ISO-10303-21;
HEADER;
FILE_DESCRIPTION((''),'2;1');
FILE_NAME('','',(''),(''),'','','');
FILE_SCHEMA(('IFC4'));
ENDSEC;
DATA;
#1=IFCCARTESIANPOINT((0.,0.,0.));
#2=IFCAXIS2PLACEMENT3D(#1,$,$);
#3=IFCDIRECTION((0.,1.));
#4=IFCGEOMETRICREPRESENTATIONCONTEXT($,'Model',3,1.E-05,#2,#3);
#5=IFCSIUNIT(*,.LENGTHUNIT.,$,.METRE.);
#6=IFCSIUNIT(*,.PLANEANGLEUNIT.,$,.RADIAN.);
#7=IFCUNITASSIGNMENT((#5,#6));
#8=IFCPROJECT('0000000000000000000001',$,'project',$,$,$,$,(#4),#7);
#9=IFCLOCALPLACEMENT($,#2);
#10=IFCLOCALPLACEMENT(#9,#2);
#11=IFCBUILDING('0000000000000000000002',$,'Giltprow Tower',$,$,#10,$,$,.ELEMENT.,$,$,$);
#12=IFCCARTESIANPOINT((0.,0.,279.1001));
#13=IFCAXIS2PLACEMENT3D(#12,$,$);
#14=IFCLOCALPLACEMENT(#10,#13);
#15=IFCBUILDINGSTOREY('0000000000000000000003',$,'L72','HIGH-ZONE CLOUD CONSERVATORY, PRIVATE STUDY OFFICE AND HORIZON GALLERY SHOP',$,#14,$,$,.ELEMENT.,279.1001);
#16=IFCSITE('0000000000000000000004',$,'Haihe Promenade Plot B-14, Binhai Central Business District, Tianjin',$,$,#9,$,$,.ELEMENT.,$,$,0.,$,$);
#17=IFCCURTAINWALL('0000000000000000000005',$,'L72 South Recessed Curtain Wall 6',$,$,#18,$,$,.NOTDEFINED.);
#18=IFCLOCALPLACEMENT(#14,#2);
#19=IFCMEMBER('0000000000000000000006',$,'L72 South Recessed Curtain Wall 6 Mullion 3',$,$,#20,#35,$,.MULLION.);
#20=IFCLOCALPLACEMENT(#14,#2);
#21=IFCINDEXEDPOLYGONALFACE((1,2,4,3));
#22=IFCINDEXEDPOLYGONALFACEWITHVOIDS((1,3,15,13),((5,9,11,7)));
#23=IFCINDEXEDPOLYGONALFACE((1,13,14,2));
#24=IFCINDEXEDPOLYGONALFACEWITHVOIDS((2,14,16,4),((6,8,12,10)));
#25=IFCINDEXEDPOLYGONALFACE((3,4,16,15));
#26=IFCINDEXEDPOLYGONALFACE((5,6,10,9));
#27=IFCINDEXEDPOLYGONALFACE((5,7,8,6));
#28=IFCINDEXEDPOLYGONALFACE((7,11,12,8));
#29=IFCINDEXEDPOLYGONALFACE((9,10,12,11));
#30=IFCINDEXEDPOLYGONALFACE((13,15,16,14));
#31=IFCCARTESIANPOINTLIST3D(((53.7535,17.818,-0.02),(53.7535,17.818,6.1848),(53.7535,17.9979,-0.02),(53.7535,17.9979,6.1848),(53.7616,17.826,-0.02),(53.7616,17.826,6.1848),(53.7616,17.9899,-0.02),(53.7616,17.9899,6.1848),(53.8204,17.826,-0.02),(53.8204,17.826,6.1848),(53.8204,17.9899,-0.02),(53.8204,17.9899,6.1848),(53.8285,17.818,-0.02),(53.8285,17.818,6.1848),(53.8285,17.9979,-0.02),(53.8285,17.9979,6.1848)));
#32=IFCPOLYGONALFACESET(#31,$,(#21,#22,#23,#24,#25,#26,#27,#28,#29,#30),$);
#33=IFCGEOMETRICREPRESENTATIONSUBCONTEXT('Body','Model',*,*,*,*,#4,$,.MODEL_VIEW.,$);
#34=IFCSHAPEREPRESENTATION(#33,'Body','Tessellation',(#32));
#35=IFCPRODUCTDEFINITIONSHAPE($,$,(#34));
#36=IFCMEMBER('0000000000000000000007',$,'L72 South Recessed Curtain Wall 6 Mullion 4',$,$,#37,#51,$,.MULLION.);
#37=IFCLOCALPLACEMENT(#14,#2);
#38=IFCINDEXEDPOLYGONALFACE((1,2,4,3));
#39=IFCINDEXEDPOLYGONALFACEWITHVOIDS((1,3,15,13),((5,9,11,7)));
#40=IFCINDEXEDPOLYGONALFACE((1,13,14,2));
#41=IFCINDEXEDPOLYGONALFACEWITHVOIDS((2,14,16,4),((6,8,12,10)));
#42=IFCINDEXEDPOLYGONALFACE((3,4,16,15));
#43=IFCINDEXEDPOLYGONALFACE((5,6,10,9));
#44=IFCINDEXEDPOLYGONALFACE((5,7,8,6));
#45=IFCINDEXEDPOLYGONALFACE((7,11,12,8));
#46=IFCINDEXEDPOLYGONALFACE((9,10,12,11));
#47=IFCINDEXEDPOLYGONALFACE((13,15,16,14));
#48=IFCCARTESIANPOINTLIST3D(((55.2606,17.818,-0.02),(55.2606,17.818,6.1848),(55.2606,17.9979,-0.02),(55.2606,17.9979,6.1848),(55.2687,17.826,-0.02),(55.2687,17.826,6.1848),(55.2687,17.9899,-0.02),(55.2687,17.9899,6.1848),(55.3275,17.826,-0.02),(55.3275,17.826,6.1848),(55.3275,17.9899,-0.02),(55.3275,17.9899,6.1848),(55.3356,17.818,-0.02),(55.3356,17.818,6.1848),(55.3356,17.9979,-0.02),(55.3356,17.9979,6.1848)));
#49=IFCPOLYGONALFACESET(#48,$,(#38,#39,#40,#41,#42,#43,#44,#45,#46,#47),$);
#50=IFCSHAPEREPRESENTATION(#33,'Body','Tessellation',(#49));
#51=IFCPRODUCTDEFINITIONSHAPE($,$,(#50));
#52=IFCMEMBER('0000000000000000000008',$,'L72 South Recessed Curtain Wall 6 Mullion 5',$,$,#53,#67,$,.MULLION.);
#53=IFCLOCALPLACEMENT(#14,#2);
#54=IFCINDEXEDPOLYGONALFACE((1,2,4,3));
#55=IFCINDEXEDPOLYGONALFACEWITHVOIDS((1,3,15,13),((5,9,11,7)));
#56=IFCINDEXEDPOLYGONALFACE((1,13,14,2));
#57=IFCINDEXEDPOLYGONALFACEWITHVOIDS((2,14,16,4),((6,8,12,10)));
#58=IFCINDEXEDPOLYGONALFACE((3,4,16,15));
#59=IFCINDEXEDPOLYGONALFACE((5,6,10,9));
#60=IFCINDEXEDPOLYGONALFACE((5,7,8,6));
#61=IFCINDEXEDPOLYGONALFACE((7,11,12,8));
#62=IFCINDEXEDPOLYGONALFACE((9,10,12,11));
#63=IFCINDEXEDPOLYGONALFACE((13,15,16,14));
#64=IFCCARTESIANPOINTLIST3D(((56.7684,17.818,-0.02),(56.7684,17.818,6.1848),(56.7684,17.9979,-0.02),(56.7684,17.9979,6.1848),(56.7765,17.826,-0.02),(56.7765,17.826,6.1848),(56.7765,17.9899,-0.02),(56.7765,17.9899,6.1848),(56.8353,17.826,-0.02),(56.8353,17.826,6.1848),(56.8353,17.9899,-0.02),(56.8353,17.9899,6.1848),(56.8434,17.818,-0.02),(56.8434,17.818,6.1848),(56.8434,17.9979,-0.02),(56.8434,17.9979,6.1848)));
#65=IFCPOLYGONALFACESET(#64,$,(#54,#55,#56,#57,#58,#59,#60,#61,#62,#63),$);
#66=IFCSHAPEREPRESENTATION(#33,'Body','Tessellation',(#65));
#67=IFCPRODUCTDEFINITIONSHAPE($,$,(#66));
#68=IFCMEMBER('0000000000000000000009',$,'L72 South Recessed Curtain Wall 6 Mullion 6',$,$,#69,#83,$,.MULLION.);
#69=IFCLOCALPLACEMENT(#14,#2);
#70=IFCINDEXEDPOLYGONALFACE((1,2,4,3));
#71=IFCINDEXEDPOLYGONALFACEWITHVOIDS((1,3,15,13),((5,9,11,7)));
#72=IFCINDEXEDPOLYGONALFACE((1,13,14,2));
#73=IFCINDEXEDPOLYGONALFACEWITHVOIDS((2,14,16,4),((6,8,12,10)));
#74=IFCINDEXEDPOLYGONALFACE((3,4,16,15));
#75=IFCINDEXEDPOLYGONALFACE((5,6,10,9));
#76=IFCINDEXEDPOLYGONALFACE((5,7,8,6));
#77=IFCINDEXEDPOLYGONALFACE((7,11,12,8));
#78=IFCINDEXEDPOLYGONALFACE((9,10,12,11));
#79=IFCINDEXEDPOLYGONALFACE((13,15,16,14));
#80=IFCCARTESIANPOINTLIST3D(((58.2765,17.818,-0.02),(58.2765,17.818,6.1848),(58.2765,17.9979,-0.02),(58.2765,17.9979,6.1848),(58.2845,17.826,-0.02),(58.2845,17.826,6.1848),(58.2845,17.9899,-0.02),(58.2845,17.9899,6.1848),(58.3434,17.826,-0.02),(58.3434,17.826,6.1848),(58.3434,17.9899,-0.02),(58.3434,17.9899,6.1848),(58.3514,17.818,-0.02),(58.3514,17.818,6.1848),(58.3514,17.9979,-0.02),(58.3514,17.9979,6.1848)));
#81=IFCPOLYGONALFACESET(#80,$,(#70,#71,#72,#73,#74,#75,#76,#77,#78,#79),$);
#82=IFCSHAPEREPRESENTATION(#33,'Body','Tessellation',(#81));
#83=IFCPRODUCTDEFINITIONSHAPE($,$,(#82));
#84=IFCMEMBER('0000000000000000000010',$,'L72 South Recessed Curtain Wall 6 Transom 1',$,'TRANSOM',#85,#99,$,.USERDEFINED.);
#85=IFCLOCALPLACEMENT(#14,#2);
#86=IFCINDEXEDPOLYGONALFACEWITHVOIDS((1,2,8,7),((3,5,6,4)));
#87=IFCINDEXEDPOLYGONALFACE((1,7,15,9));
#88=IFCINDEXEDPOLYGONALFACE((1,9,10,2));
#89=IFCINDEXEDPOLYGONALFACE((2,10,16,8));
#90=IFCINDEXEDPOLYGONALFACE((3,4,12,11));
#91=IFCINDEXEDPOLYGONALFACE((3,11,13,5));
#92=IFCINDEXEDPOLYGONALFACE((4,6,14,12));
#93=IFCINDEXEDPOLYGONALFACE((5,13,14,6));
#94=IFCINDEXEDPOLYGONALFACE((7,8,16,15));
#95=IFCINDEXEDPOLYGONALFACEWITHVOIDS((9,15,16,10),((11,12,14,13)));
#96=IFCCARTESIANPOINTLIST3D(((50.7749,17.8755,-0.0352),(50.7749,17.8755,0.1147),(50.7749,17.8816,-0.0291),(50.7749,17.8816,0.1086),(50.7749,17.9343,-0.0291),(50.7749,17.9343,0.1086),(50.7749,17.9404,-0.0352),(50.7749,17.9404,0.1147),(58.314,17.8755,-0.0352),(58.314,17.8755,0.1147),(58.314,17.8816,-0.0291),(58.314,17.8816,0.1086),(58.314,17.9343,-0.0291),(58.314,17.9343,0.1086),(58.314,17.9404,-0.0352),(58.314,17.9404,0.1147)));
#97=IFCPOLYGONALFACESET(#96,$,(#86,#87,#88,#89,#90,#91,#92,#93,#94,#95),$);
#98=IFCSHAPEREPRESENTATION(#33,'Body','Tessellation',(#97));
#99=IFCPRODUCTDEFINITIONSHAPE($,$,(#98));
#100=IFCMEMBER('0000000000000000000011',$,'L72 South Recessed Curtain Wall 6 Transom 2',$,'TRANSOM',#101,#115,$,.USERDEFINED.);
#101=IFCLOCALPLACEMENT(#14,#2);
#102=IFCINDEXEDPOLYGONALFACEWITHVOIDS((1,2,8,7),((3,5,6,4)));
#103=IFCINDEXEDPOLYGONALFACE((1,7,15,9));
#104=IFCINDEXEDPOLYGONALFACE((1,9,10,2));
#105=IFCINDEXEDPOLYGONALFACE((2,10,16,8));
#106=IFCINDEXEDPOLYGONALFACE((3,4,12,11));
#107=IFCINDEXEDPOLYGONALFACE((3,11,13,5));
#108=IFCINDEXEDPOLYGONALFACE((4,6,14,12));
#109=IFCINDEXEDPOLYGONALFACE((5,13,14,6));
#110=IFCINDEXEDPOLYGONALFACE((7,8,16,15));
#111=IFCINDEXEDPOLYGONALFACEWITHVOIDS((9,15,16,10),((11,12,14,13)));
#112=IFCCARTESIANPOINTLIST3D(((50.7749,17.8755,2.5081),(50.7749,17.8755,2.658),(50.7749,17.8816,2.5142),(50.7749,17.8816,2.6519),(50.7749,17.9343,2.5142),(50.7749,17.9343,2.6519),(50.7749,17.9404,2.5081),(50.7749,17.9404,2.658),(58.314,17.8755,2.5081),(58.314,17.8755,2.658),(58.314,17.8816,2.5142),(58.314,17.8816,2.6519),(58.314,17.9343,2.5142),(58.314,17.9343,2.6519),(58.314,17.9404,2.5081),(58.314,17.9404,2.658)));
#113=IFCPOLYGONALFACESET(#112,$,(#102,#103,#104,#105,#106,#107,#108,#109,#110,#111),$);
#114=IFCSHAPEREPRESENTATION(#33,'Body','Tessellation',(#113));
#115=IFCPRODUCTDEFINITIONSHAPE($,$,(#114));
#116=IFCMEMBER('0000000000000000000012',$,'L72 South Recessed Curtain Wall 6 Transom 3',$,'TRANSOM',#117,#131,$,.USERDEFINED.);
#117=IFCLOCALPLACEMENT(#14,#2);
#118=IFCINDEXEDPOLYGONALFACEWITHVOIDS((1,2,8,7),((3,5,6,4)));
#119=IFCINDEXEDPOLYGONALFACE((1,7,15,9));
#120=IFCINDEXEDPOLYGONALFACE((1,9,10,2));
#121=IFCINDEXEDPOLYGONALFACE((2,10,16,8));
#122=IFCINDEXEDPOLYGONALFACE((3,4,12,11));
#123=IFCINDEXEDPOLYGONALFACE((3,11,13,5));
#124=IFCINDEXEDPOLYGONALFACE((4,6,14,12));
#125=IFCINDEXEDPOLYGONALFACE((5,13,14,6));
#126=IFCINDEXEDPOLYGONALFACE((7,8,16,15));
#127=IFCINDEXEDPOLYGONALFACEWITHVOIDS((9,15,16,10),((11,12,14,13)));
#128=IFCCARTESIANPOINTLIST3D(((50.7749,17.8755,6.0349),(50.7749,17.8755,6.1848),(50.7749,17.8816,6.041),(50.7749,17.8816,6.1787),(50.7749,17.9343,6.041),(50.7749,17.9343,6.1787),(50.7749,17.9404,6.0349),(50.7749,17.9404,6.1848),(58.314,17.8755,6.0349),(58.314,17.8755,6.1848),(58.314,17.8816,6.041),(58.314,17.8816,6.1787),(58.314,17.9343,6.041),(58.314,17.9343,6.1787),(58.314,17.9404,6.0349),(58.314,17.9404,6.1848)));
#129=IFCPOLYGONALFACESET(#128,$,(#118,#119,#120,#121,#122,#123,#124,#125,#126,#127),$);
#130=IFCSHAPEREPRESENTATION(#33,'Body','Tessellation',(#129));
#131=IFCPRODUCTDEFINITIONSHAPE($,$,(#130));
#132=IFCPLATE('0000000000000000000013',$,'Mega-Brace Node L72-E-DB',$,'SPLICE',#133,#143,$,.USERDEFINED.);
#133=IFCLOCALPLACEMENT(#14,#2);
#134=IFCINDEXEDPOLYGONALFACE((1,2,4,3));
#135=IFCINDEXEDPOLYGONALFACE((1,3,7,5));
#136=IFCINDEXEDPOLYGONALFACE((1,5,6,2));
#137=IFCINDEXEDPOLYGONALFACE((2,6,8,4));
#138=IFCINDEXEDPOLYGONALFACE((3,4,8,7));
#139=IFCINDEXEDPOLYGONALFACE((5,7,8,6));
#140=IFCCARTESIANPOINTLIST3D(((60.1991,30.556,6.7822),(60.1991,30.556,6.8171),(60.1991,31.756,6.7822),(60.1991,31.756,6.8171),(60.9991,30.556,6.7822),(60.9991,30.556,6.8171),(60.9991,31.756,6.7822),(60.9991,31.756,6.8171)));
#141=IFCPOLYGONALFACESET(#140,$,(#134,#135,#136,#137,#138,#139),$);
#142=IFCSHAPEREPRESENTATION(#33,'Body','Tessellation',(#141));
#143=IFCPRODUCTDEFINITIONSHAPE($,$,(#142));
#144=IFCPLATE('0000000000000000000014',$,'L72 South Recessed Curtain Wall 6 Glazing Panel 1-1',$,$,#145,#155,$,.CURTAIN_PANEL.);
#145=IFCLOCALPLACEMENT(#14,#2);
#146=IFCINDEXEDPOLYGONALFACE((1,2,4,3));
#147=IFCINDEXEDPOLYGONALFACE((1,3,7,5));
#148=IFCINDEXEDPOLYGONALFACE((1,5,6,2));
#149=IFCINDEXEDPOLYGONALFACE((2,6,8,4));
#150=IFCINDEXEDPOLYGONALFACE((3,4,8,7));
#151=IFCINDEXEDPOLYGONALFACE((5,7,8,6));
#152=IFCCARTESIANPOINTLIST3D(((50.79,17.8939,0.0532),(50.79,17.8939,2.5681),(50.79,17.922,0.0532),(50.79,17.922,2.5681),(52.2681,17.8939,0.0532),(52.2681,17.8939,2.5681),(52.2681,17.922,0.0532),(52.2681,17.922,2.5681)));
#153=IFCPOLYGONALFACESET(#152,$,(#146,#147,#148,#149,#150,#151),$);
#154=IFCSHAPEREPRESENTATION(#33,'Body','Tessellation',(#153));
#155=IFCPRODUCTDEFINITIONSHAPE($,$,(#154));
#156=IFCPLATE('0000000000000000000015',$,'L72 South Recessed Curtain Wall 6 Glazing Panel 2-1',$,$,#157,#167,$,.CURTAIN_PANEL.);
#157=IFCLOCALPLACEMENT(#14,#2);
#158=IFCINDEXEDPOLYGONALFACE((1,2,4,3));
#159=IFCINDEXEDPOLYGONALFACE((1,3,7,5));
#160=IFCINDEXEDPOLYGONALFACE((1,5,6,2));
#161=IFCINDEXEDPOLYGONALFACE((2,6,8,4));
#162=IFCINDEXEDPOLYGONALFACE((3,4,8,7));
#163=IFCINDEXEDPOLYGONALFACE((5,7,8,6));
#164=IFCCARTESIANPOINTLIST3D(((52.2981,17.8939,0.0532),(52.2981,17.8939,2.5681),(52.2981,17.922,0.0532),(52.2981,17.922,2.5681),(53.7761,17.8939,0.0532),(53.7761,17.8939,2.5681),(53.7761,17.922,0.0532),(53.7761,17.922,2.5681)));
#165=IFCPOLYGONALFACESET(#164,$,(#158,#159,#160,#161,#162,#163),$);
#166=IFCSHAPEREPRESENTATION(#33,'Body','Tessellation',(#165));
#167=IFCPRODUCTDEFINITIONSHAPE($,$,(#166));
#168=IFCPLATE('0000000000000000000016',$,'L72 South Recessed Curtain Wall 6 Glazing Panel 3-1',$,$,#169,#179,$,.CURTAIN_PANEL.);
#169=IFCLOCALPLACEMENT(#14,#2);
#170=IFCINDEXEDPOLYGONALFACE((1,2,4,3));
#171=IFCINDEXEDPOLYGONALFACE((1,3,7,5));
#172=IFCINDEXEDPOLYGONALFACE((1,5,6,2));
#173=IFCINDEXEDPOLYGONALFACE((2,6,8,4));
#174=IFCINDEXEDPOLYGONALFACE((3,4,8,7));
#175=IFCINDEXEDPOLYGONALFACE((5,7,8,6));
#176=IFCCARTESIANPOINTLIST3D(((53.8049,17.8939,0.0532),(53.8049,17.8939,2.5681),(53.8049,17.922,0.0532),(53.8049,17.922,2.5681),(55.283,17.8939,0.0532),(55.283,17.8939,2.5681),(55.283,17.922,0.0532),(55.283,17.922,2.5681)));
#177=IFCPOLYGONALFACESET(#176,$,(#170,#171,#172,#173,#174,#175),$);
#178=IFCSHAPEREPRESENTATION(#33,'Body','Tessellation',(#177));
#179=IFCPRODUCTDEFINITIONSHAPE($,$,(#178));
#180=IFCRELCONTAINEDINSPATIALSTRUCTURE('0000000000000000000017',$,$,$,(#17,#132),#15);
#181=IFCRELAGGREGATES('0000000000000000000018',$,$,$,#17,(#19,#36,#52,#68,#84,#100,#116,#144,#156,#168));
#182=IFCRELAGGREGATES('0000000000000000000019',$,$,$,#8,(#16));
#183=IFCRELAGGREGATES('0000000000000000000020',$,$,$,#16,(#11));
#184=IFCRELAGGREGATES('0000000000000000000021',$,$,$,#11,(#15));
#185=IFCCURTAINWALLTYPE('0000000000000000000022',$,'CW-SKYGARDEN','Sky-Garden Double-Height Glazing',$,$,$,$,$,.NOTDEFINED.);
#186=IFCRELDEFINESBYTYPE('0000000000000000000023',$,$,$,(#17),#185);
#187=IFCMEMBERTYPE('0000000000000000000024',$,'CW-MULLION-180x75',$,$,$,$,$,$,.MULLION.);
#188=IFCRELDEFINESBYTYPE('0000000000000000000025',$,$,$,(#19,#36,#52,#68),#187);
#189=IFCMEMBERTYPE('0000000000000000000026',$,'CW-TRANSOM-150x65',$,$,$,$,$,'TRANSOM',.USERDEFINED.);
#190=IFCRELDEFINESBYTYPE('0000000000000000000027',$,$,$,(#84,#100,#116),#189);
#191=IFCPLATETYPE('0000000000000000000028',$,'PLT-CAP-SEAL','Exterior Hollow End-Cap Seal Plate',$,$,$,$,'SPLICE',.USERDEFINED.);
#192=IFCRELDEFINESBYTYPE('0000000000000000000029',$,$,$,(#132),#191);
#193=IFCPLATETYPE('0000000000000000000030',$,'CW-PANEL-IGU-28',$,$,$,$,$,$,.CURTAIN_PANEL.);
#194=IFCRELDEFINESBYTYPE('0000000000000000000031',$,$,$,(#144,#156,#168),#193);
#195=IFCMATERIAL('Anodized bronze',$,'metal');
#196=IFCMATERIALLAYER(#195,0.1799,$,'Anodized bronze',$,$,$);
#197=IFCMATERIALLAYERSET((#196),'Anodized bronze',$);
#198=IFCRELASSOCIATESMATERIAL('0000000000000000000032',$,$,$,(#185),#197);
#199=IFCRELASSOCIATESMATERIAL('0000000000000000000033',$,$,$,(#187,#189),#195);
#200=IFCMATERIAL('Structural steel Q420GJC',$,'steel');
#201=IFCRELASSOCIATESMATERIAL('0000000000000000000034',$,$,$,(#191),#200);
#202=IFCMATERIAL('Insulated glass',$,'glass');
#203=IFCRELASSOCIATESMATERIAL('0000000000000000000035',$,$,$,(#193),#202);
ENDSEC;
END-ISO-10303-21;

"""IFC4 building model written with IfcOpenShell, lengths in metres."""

from ifc_helpers import new_model, si_unit, direction, frame, origin, origin_2d, place, context, subcontext, project, spatial, rectangle, hollow_rectangle, extrude, source, transform, mapped, material, layer, layer_set, material_profile, profile_set, type_object, element, aggregate, save


model = new_model("IFC4")

# Units and contexts
model_context = context("Model", 3, precision=1e-05, world=origin(), true_north=direction((0.0, 1.0)))
body_context = subcontext(model_context, "Body", "Model", "MODEL_VIEW")
ifc_project = project(units=[si_unit("LENGTHUNIT", "METRE"), si_unit("PLANEANGLEUNIT", "RADIAN")], contexts=[model_context])

# Site, building, storey
site_placement = place(None, origin())
site = spatial("IfcSite", under=ifc_project, at=site_placement, Name="Haihe Promenade Plot B-14, Binhai Central Business District, Tianjin", CompositionType="ELEMENT", RefElevation=0.0)
building_placement = place(site_placement, origin())
building = spatial("IfcBuilding", under=site, at=building_placement, Name="Giltprow Tower", CompositionType="ELEMENT")
storey_placement = place(building_placement, frame((0.0, 0.0, 279.1001)))
storey = spatial("IfcBuildingStorey", under=building, at=storey_placement, Name="L72", Description="HIGH-ZONE CLOUD CONSERVATORY, PRIVATE STUDY OFFICE AND HORIZON GALLERY SHOP", CompositionType="ELEMENT", Elevation=279.1001)

# Shared definitions
ifc_material_1 = material(Name="Structural steel Q420GJC", Category="steel")

# Curtain wall, members
ifc_material_2 = material(Name="Anodized bronze", Category="metal")
ifc_layer_1 = layer(ifc_material_2, 0.1799, Name="Anodized bronze")
ifc_layer_set_1 = layer_set([ifc_layer_1], Name="Anodized bronze")
curtain_wall_type = type_object("IfcCurtainWallType", Name="CW-SKYGARDEN", Description="Sky-Garden Double-Height Glazing", PredefinedType="NOTDEFINED", material=ifc_layer_set_1)
curtain_wall_placement = place(storey_placement, origin())
curtain_wall = element("IfcCurtainWall", 1, at=curtain_wall_placement, inside=storey, type_object=curtain_wall_type, Name="L72 South Recessed Curtain Wall 6", PredefinedType="NOTDEFINED")
ifc_material_profile_1 = material_profile(ifc_material_2, hollow_rectangle(XDim=0.075, YDim=0.1799, WallThickness=0.0081, at=origin_2d()), Name="RHS 180x75x8")
ifc_profile_set_1 = profile_set([ifc_material_profile_1], Name="Anodized bronze")
member_type_1 = type_object("IfcMemberType", Name="CW-MULLION-180x75", PredefinedType="MULLION", material=ifc_profile_set_1)
shared_shape_1 = source(origin(), body_context, "Body", "SweptSolid", [
    extrude(hollow_rectangle(XDim=0.075, YDim=0.1799, WallThickness=0.0081, at=origin_2d()), origin(), (0.0, 0.0, 1.0), 6.2048),
])
member_1_placement = place(storey_placement, frame((53.791, 17.908, -0.02), z_axis=(0.0, 0.0, 1.0), x_axis=(1.0, 0.0, 0.0)))
member_1 = element("IfcMember", 2, at=member_1_placement, type_object=member_type_1, Name="L72 South Recessed Curtain Wall 6 Mullion 3", PredefinedType="MULLION", context=body_context, shape_type="MappedRepresentation", body=[
    mapped(shared_shape_1, transform((0.0, 0.0, 0.0), x_axis=(1.0, 0.0, 0.0), y_axis=(0.0, 1.0, 0.0), z_axis=(0.0, 0.0, 1.0), scale=1.0)),
])
member_2_placement = place(storey_placement, frame((55.2981, 17.908, -0.02), z_axis=(0.0, 0.0, 1.0), x_axis=(1.0, 0.0, 0.0)))
member_2 = element("IfcMember", 3, at=member_2_placement, type_object=member_type_1, Name="L72 South Recessed Curtain Wall 6 Mullion 4", PredefinedType="MULLION", context=body_context, shape_type="MappedRepresentation", body=[
    mapped(shared_shape_1, transform((0.0, 0.0, 0.0), x_axis=(1.0, 0.0, 0.0), y_axis=(0.0, 1.0, 0.0), z_axis=(0.0, 0.0, 1.0), scale=1.0)),
])
member_3_placement = place(storey_placement, frame((56.8059, 17.908, -0.02), z_axis=(0.0, 0.0, 1.0), x_axis=(1.0, 0.0, 0.0)))
member_3 = element("IfcMember", 4, at=member_3_placement, type_object=member_type_1, Name="L72 South Recessed Curtain Wall 6 Mullion 5", PredefinedType="MULLION", context=body_context, shape_type="MappedRepresentation", body=[
    mapped(shared_shape_1, transform((0.0, 0.0, 0.0), x_axis=(1.0, 0.0, 0.0), y_axis=(0.0, 1.0, 0.0), z_axis=(0.0, 0.0, 1.0), scale=1.0)),
])
member_4_placement = place(storey_placement, frame((58.314, 17.908, -0.02), z_axis=(0.0, 0.0, 1.0), x_axis=(1.0, 0.0, 0.0)))
member_4 = element("IfcMember", 5, at=member_4_placement, type_object=member_type_1, Name="L72 South Recessed Curtain Wall 6 Mullion 6", PredefinedType="MULLION", context=body_context, shape_type="MappedRepresentation", body=[
    mapped(shared_shape_1, transform((0.0, 0.0, 0.0), x_axis=(1.0, 0.0, 0.0), y_axis=(0.0, 1.0, 0.0), z_axis=(0.0, 0.0, 1.0), scale=1.0)),
])
ifc_material_profile_2 = material_profile(ifc_material_2, hollow_rectangle(XDim=0.0649, YDim=0.1499, WallThickness=0.0061, at=origin_2d()), Name="RHS 150x65x6")
ifc_profile_set_2 = profile_set([ifc_material_profile_2], Name="Anodized bronze")
member_type_2 = type_object("IfcMemberType", Name="CW-TRANSOM-150x65", ElementType="TRANSOM", PredefinedType="USERDEFINED", material=ifc_profile_set_2)
shared_shape_2 = source(origin(), body_context, "Body", "SweptSolid", [
    extrude(hollow_rectangle(XDim=0.0649, YDim=0.1499, WallThickness=0.0061, at=origin_2d()), origin(), (0.0, 0.0, 1.0), 7.5391),
])
member_5_placement = place(storey_placement, frame((50.7749, 17.908, 0.0398), z_axis=(1.0, 0.0, 0.0), x_axis=(0.0, 1.0, 0.0)))
member_5 = element("IfcMember", 6, at=member_5_placement, type_object=member_type_2, Name="L72 South Recessed Curtain Wall 6 Transom 1", ObjectType="TRANSOM", PredefinedType="USERDEFINED", context=body_context, shape_type="MappedRepresentation", body=[
    mapped(shared_shape_2, transform((0.0, 0.0, 0.0), x_axis=(1.0, 0.0, 0.0), y_axis=(0.0, 1.0, 0.0), z_axis=(0.0, 0.0, 1.0), scale=1.0)),
])
member_6_placement = place(storey_placement, frame((50.7749, 17.908, 2.583), z_axis=(1.0, 0.0, 0.0), x_axis=(0.0, 1.0, 0.0)))
member_6 = element("IfcMember", 7, at=member_6_placement, type_object=member_type_2, Name="L72 South Recessed Curtain Wall 6 Transom 2", ObjectType="TRANSOM", PredefinedType="USERDEFINED", context=body_context, shape_type="MappedRepresentation", body=[
    mapped(shared_shape_2, transform((0.0, 0.0, 0.0), x_axis=(1.0, 0.0, 0.0), y_axis=(0.0, 1.0, 0.0), z_axis=(0.0, 0.0, 1.0), scale=1.0)),
])
member_7_placement = place(storey_placement, frame((50.7749, 17.908, 6.1099), z_axis=(1.0, 0.0, 0.0), x_axis=(0.0, 1.0, 0.0)))
member_7 = element("IfcMember", 8, at=member_7_placement, type_object=member_type_2, Name="L72 South Recessed Curtain Wall 6 Transom 3", ObjectType="TRANSOM", PredefinedType="USERDEFINED", context=body_context, shape_type="MappedRepresentation", body=[
    mapped(shared_shape_2, transform((0.0, 0.0, 0.0), x_axis=(1.0, 0.0, 0.0), y_axis=(0.0, 1.0, 0.0), z_axis=(0.0, 0.0, 1.0), scale=1.0)),
])

# Plates
plate_type_1 = type_object("IfcPlateType", Name="PLT-CAP-SEAL", Description="Exterior Hollow End-Cap Seal Plate", ElementType="SPLICE", PredefinedType="USERDEFINED", material=ifc_material_1)
shared_shape_3 = source(origin(), body_context, "Body", "SweptSolid", [
    extrude(rectangle(XDim=1.2, YDim=0.8, at=origin_2d()), origin(), (0.0, 0.0, 1.0), 0.0349),
])
plate_1_placement = place(storey_placement, frame((60.5991, 31.156, 6.7822), z_axis=(0.0, 0.0, 1.0), x_axis=(0.0, 1.0, 0.0)))
element("IfcPlate", 9, at=plate_1_placement, inside=storey, type_object=plate_type_1, Name="Mega-Brace Node L72-E-DB", ObjectType="SPLICE", PredefinedType="USERDEFINED", context=body_context, shape_type="MappedRepresentation", body=[
    mapped(shared_shape_3, transform((0.0, 0.0, 0.0), x_axis=(1.0, 0.0, 0.0), y_axis=(0.0, 1.0, 0.0), z_axis=(0.0, 0.0, 1.0), scale=1.0)),
])
ifc_material_3 = material(Name="Insulated glass", Category="glass")
plate_type_2 = type_object("IfcPlateType", Name="CW-PANEL-IGU-28", PredefinedType="CURTAIN_PANEL", material=ifc_material_3)
shared_shape_4 = source(origin(), body_context, "Body", "SweptSolid", [
    extrude(rectangle(XDim=1.478, YDim=0.0281, at=origin_2d()), origin(), (0.0, 0.0, 1.0), 2.5149),
])
plate_2_placement = place(storey_placement, frame((51.5291, 17.908, 0.0532), z_axis=(0.0, 0.0, 1.0), x_axis=(1.0, 0.0, 0.0)))
plate_2 = element("IfcPlate", 10, at=plate_2_placement, type_object=plate_type_2, Name="L72 South Recessed Curtain Wall 6 Glazing Panel 1-1", PredefinedType="CURTAIN_PANEL", context=body_context, shape_type="MappedRepresentation", body=[
    mapped(shared_shape_4, transform((0.0, 0.0, 0.0), x_axis=(1.0, 0.0, 0.0), y_axis=(0.0, 1.0, 0.0), z_axis=(0.0, 0.0, 1.0), scale=1.0)),
])
plate_3_placement = place(storey_placement, frame((53.0371, 17.908, 0.0532), z_axis=(0.0, 0.0, 1.0), x_axis=(1.0, 0.0, 0.0)))
plate_3 = element("IfcPlate", 11, at=plate_3_placement, type_object=plate_type_2, Name="L72 South Recessed Curtain Wall 6 Glazing Panel 2-1", PredefinedType="CURTAIN_PANEL", context=body_context, shape_type="MappedRepresentation", body=[
    mapped(shared_shape_4, transform((0.0, 0.0, 0.0), x_axis=(1.0, 0.0, 0.0), y_axis=(0.0, 1.0, 0.0), z_axis=(0.0, 0.0, 1.0), scale=1.0)),
])
plate_4_placement = place(storey_placement, frame((54.5439, 17.908, 0.0532), z_axis=(0.0, 0.0, 1.0), x_axis=(1.0, 0.0, 0.0)))
plate_4 = element("IfcPlate", 12, at=plate_4_placement, type_object=plate_type_2, Name="L72 South Recessed Curtain Wall 6 Glazing Panel 3-1", PredefinedType="CURTAIN_PANEL", context=body_context, shape_type="MappedRepresentation", body=[
    mapped(shared_shape_4, transform((0.0, 0.0, 0.0), x_axis=(1.0, 0.0, 0.0), y_axis=(0.0, 1.0, 0.0), z_axis=(0.0, 0.0, 1.0), scale=1.0)),
])
aggregate(curtain_wall, [member_1, member_2, member_3, member_4, member_5, member_6, member_7, plate_2, plate_3, plate_4])

save(model, "model.ifc")
